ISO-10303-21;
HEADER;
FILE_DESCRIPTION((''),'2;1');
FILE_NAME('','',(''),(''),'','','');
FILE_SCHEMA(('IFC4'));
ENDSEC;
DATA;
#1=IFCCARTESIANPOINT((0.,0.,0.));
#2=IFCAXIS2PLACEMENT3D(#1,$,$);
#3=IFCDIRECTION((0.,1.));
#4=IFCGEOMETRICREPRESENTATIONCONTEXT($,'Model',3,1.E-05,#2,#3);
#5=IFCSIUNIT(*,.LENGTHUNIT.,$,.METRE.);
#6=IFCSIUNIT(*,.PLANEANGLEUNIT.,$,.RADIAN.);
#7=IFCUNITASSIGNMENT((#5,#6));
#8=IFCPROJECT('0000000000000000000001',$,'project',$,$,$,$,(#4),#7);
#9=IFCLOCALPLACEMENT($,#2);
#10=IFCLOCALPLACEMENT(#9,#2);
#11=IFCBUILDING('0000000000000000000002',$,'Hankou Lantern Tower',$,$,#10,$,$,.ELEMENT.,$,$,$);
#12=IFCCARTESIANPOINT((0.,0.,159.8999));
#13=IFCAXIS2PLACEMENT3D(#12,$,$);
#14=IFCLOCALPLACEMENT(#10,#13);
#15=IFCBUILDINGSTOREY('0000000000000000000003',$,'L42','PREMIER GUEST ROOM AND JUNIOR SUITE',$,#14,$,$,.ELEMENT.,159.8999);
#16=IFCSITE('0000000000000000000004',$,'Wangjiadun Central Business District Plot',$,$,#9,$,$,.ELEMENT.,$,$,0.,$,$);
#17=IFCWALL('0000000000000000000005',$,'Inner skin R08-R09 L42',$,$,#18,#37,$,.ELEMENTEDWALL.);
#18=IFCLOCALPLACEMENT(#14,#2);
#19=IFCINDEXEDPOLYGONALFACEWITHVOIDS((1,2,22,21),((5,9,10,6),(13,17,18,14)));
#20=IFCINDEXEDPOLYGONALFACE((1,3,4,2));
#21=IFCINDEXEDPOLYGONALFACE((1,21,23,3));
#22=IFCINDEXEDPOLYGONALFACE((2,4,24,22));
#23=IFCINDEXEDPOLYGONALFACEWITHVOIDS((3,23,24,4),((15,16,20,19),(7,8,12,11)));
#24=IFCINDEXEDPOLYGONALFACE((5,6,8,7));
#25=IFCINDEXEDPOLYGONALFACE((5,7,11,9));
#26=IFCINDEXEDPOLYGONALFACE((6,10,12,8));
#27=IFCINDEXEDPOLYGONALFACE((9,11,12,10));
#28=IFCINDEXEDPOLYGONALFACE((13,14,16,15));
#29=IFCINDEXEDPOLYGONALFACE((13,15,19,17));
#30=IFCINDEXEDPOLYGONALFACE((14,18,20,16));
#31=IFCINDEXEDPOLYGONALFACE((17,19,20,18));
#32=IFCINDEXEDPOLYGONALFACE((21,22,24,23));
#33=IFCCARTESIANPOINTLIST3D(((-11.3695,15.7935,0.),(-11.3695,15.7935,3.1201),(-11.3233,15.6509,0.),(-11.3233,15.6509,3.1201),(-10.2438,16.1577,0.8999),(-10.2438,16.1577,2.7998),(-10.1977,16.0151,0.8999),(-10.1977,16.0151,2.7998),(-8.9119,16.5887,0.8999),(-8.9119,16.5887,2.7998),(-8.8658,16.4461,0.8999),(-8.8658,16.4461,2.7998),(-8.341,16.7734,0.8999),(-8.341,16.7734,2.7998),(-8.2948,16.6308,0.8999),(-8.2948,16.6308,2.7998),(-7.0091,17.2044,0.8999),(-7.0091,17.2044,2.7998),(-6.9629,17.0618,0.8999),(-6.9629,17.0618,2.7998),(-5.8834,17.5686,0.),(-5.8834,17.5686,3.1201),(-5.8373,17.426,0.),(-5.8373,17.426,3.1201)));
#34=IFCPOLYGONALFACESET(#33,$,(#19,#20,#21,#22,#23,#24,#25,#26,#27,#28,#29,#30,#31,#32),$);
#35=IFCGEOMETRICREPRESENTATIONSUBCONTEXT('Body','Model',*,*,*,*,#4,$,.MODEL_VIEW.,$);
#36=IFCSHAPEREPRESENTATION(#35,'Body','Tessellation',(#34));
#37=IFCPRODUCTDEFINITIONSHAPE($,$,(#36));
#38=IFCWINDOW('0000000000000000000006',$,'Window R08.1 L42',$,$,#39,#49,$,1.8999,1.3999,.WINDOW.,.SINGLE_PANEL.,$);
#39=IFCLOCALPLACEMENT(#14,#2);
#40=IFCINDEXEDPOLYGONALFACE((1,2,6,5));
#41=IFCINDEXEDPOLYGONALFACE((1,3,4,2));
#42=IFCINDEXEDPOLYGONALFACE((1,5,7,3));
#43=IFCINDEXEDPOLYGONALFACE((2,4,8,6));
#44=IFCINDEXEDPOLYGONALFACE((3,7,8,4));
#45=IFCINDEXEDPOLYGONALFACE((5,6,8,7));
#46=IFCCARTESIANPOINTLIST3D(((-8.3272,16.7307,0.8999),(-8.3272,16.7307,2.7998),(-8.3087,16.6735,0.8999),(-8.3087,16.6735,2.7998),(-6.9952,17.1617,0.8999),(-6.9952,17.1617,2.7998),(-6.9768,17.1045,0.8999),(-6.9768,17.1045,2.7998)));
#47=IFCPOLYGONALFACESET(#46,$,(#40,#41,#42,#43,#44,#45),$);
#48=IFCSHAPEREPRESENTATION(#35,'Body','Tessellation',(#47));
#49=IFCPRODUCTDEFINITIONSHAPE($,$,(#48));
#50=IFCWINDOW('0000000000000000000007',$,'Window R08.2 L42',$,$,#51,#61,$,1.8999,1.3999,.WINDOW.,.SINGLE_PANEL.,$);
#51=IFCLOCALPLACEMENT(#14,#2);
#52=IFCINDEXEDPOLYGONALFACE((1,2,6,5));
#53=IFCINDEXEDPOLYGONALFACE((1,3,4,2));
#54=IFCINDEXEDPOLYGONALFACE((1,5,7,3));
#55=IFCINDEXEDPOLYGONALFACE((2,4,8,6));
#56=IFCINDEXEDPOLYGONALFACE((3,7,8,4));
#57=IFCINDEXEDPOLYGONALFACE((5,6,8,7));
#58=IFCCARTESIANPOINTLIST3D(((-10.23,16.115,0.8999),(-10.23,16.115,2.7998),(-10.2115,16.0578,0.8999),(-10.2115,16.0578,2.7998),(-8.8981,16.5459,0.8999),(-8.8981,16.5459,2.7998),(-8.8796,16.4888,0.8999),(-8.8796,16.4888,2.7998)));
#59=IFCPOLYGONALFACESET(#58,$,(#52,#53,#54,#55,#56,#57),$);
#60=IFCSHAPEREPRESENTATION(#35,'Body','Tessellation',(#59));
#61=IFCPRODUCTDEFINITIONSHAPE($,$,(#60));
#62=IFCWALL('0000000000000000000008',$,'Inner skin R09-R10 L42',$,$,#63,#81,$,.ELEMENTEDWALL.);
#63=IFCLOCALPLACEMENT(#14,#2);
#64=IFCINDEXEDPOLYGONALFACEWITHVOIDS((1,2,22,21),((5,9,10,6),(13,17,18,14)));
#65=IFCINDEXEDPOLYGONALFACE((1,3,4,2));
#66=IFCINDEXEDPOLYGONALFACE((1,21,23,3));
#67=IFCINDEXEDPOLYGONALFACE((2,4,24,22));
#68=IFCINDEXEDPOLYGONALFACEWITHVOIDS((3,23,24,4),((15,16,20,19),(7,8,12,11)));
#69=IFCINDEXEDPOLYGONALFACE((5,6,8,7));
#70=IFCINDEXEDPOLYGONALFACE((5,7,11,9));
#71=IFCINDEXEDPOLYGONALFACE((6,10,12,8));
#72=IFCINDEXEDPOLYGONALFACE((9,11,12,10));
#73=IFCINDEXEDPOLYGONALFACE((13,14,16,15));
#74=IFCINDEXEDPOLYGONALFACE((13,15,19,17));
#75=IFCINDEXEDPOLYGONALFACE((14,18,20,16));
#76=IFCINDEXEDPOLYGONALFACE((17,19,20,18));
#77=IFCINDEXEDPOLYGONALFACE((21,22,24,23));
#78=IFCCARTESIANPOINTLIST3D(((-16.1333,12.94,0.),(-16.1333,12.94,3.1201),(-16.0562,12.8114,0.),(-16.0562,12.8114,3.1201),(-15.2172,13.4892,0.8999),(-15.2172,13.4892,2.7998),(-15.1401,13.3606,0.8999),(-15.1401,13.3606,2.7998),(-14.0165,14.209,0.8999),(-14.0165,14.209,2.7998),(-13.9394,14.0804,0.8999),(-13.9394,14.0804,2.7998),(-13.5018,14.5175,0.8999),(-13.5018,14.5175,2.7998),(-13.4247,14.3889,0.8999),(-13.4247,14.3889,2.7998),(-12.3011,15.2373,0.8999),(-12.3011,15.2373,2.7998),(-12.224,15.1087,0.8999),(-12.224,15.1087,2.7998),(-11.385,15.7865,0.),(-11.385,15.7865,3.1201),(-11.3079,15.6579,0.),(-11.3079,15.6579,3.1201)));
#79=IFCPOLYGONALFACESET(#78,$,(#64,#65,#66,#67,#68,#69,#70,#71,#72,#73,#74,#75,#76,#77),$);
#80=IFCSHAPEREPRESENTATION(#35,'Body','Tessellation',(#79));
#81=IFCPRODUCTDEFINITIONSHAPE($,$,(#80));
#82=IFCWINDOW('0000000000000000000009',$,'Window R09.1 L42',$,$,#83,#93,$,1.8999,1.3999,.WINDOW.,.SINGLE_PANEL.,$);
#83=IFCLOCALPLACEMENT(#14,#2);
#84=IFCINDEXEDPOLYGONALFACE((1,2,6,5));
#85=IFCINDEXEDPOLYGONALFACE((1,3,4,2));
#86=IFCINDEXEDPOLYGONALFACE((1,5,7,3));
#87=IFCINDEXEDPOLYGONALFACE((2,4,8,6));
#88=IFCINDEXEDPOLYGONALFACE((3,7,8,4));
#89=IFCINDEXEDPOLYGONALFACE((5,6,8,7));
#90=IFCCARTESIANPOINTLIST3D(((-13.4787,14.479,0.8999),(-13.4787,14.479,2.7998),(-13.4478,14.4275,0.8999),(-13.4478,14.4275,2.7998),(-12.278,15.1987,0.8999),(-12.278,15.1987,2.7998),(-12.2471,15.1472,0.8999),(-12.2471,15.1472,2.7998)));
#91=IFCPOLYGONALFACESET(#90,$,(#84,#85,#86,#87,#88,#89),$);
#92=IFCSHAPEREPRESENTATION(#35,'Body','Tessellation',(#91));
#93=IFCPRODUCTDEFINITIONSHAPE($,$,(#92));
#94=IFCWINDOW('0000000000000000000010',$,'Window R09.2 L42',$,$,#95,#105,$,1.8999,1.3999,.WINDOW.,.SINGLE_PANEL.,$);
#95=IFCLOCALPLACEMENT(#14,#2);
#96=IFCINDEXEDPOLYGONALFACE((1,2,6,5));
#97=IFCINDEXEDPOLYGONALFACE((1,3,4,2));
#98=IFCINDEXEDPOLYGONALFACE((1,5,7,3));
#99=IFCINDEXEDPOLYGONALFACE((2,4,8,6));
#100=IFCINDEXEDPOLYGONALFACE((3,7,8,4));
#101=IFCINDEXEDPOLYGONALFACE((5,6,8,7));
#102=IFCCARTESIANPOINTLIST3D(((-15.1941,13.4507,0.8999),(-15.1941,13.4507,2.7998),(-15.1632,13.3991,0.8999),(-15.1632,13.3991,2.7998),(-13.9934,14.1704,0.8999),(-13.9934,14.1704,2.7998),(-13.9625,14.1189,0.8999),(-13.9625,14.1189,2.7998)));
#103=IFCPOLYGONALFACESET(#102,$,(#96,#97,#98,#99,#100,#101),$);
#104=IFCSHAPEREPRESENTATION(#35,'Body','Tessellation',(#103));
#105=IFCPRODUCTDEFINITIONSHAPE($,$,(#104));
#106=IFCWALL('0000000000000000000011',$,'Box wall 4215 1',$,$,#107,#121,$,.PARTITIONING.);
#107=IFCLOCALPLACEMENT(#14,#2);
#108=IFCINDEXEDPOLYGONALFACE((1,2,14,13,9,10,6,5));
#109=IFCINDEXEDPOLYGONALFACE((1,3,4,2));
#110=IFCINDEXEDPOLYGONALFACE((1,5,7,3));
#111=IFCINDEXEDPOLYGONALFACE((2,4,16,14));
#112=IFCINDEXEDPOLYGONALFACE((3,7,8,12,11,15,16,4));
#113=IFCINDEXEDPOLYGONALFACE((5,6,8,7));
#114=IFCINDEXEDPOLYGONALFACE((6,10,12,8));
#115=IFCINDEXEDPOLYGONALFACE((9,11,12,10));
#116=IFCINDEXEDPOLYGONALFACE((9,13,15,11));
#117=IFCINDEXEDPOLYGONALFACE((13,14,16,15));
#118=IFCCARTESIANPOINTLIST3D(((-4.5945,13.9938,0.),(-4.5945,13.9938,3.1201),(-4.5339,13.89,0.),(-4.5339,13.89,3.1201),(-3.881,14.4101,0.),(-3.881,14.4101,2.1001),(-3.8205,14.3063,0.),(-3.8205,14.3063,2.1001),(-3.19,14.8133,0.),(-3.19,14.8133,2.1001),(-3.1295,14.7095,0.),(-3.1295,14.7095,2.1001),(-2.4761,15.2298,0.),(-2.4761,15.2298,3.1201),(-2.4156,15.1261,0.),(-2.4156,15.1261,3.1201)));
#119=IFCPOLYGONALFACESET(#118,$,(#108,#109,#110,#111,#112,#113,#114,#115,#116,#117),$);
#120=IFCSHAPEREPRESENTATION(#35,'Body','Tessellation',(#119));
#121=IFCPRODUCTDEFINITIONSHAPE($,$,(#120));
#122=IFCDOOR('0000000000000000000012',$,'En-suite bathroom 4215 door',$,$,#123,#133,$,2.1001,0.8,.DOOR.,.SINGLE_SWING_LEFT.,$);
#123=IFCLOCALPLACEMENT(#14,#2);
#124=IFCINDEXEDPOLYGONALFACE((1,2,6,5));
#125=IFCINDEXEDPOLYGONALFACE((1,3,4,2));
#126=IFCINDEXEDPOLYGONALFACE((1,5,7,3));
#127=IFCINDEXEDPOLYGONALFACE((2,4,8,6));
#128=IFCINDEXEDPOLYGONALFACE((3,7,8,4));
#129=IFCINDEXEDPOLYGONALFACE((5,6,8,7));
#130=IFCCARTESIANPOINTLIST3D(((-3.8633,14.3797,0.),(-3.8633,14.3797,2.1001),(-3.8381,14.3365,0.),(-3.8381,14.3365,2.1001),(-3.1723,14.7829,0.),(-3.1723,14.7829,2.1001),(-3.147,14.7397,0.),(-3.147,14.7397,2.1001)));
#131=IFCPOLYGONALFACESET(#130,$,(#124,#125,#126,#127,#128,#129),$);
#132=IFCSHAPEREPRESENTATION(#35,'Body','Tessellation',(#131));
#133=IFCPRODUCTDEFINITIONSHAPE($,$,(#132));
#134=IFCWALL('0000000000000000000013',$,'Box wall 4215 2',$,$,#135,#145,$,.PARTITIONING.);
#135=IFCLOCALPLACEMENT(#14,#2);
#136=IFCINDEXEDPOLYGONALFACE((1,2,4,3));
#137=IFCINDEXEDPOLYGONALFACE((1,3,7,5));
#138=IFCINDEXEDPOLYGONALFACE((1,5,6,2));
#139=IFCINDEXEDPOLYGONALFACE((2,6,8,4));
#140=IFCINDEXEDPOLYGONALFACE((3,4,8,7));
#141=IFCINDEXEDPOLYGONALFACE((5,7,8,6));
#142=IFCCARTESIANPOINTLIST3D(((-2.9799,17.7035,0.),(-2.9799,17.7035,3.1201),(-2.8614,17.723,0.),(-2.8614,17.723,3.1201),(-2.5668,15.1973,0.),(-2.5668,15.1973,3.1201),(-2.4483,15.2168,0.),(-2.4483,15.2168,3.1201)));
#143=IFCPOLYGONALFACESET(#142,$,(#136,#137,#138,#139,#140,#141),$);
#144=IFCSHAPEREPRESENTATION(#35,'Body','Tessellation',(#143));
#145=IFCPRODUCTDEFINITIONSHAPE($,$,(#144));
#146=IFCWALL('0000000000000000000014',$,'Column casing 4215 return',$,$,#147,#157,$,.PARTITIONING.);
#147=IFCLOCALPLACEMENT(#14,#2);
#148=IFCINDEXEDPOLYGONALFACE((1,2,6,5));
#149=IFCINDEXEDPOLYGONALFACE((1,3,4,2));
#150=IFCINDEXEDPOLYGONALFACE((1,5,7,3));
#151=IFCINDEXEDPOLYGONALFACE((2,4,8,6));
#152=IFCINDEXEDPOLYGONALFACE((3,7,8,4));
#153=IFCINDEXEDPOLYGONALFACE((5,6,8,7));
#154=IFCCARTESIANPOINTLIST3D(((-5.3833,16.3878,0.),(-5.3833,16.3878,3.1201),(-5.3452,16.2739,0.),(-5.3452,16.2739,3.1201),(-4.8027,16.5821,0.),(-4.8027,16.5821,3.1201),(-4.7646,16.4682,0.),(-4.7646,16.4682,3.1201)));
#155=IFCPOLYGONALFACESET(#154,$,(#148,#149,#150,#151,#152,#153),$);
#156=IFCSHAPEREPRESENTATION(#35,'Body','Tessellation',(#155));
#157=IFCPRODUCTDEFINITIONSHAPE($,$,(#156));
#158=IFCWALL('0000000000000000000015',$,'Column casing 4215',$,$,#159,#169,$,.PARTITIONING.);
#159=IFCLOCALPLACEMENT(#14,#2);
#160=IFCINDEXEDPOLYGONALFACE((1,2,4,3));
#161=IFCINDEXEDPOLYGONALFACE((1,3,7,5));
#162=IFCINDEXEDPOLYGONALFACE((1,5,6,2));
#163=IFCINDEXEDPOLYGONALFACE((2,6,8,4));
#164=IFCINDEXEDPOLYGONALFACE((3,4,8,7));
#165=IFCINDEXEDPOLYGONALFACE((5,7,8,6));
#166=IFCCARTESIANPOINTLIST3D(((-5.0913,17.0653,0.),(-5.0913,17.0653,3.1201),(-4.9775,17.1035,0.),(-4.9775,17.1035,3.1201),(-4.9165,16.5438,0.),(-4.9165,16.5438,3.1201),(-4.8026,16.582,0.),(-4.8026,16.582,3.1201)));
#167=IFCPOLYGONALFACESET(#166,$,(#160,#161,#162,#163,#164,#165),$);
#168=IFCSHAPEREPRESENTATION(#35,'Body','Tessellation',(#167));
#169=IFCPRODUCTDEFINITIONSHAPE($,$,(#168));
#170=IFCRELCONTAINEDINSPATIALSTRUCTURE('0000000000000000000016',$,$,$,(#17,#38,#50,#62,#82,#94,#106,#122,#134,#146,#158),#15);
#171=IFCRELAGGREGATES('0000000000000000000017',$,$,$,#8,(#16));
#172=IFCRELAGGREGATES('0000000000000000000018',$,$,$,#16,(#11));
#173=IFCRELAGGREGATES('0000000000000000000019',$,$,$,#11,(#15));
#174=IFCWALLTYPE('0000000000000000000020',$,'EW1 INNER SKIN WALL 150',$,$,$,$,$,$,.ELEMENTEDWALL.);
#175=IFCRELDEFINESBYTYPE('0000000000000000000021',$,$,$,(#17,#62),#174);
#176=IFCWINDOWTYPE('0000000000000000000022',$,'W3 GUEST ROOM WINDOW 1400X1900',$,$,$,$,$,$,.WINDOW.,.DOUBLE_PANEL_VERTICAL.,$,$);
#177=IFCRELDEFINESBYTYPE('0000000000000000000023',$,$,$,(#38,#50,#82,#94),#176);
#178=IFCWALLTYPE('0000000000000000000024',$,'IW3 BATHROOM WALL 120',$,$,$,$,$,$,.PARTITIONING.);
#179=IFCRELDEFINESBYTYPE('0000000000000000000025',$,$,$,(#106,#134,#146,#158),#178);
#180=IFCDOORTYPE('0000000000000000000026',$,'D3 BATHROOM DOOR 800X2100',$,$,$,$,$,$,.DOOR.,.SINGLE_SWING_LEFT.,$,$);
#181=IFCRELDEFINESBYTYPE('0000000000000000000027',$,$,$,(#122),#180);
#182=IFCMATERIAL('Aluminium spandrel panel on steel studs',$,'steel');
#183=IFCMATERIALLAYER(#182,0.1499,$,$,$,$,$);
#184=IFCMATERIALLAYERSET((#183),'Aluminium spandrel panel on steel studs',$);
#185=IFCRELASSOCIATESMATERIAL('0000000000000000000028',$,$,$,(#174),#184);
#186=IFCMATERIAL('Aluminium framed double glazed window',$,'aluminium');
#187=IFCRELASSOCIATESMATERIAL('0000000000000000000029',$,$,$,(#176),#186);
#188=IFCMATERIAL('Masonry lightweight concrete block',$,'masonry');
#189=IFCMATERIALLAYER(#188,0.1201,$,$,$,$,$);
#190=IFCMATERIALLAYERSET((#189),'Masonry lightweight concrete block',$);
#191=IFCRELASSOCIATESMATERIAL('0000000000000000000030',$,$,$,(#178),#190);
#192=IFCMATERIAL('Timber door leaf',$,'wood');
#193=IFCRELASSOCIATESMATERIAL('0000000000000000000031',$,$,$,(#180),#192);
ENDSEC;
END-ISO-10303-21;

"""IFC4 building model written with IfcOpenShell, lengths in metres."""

from ifc_helpers import new_model, si_unit, direction, frame, frame_2d, origin, place, context, subcontext, project, spatial, rectangle, extrude, material, layer, layer_set, type_object, element, fill, save


model = new_model("IFC4")

# Units and contexts
model_context = context("Model", 3, precision=1e-05, world=origin(), true_north=direction((0.0, 1.0)))
body_context = subcontext(model_context, "Body", "Model", "MODEL_VIEW")
ifc_project = project(units=[si_unit("LENGTHUNIT", "METRE"), si_unit("PLANEANGLEUNIT", "RADIAN")], contexts=[model_context])

# Site, building, storey
site_placement = place(None, origin())
site = spatial("IfcSite", under=ifc_project, at=site_placement, Name="Wangjiadun Central Business District Plot", CompositionType="ELEMENT", RefElevation=0.0)
building_placement = place(site_placement, origin())
building = spatial("IfcBuilding", under=site, at=building_placement, Name="Hankou Lantern Tower", CompositionType="ELEMENT")
storey_placement = place(building_placement, frame((0.0, 0.0, 159.8999)))
storey = spatial("IfcBuildingStorey", under=building, at=storey_placement, Name="L42", Description="PREMIER GUEST ROOM AND JUNIOR SUITE", CompositionType="ELEMENT", Elevation=159.8999)

# Walls, openings, windows
ifc_material_1 = material(Name="Aluminium spandrel panel on steel studs", Category="steel")
ifc_layer_1 = layer(ifc_material_1, 0.1499)
ifc_layer_set_1 = layer_set([ifc_layer_1], Name="Aluminium spandrel panel on steel studs")
wall_type_1 = type_object("IfcWallType", Name="EW1 INNER SKIN WALL 150", PredefinedType="ELEMENTEDWALL", material=ifc_layer_set_1)
wall_1_placement = place(storey_placement, frame((-5.8604, 17.4973, 0.0), z_axis=(0.0, 0.0, 1.0), x_axis=(-0.951432, -0.307857, 0.0)))
wall_1 = element("IfcWall", 1, at=wall_1_placement, inside=storey, type_object=wall_type_1, Name="Inner skin R08-R09 L42", PredefinedType="ELEMENTEDWALL", context=body_context, shape_type="SweptSolid", body=[
    extrude(rectangle(XDim=5.7661, YDim=0.1499, at=frame_2d((2.8831, 0.0))), origin(), (0.0, 0.0, 1.0), 3.1201),
])
opening_1_placement = place(wall_1_placement, frame((1.1831, 0.0, 0.8999)))
opening_1 = element("IfcOpeningElement", 2, at=opening_1_placement, cuts=wall_1, PredefinedType="OPENING", context=body_context, shape_type="SweptSolid", body=[
    extrude(rectangle(XDim=1.3999, YDim=1.8999, at=frame_2d((0.7, 0.95))), frame((0.0, 0.085, 0.0), z_axis=(0.0, -1.0, 0.0), x_axis=(1.0, 0.0, 0.0)), (0.0, 0.0, 1.0), 0.1699),
])
opening_2_placement = place(wall_1_placement, frame((3.1831, 0.0, 0.8999)))
opening_2 = element("IfcOpeningElement", 3, at=opening_2_placement, cuts=wall_1, PredefinedType="OPENING", context=body_context, shape_type="SweptSolid", body=[
    extrude(rectangle(XDim=1.3999, YDim=1.8999, at=frame_2d((0.7, 0.95))), frame((0.0, 0.085, 0.0), z_axis=(0.0, -1.0, 0.0), x_axis=(1.0, 0.0, 0.0)), (0.0, 0.0, 1.0), 0.1699),
])
ifc_material_2 = material(Name="Aluminium framed double glazed window", Category="aluminium")
window_type = type_object("IfcWindowType", Name="W3 GUEST ROOM WINDOW 1400X1900", PartitioningType="DOUBLE_PANEL_VERTICAL", PredefinedType="WINDOW", material=ifc_material_2)
window_1_placement = place(opening_1_placement, origin())
window_1 = element("IfcWindow", 4, at=window_1_placement, inside=storey, type_object=window_type, Name="Window R08.1 L42", OverallHeight=1.8999, OverallWidth=1.3999, PartitioningType="SINGLE_PANEL", PredefinedType="WINDOW", context=body_context, shape_type="SweptSolid", body=[
    extrude(rectangle(XDim=1.3999, YDim=1.8999, at=frame_2d((0.7, 0.95))), frame((0.0, 0.03, 0.0), z_axis=(0.0, -1.0, 0.0), x_axis=(1.0, 0.0, 0.0)), (0.0, 0.0, 1.0), 0.0601),
])
fill(opening_1, window_1)
window_2_placement = place(opening_2_placement, origin())
window_2 = element("IfcWindow", 5, at=window_2_placement, inside=storey, type_object=window_type, Name="Window R08.2 L42", OverallHeight=1.8999, OverallWidth=1.3999, PartitioningType="SINGLE_PANEL", PredefinedType="WINDOW", context=body_context, shape_type="SweptSolid", body=[
    extrude(rectangle(XDim=1.3999, YDim=1.8999, at=frame_2d((0.7, 0.95))), frame((0.0, 0.03, 0.0), z_axis=(0.0, -1.0, 0.0), x_axis=(1.0, 0.0, 0.0)), (0.0, 0.0, 1.0), 0.0601),
])
fill(opening_2, window_2)
wall_2_placement = place(storey_placement, frame((-11.3464, 15.7222, 0.0), z_axis=(0.0, 0.0, 1.0), x_axis=(-0.857695, -0.514158, 0.0)))
wall_2 = element("IfcWall", 6, at=wall_2_placement, inside=storey, type_object=wall_type_1, Name="Inner skin R09-R10 L42", PredefinedType="ELEMENTEDWALL", context=body_context, shape_type="SweptSolid", body=[
    extrude(rectangle(XDim=5.5361, YDim=0.1499, at=frame_2d((2.7681, 0.0))), origin(), (0.0, 0.0, 1.0), 3.1201),
])
opening_3_placement = place(wall_2_placement, frame((1.0681, 0.0, 0.8999)))
opening_3 = element("IfcOpeningElement", 7, at=opening_3_placement, cuts=wall_2, PredefinedType="OPENING", context=body_context, shape_type="SweptSolid", body=[
    extrude(rectangle(XDim=1.3999, YDim=1.8999, at=frame_2d((0.7, 0.95))), frame((0.0, 0.085, 0.0), z_axis=(0.0, -1.0, 0.0), x_axis=(1.0, 0.0, 0.0)), (0.0, 0.0, 1.0), 0.1699),
])
opening_4_placement = place(wall_2_placement, frame((3.0681, 0.0, 0.8999)))
opening_4 = element("IfcOpeningElement", 8, at=opening_4_placement, cuts=wall_2, PredefinedType="OPENING", context=body_context, shape_type="SweptSolid", body=[
    extrude(rectangle(XDim=1.3999, YDim=1.8999, at=frame_2d((0.7, 0.95))), frame((0.0, 0.085, 0.0), z_axis=(0.0, -1.0, 0.0), x_axis=(1.0, 0.0, 0.0)), (0.0, 0.0, 1.0), 0.1699),
])
window_3_placement = place(opening_3_placement, origin())
window_3 = element("IfcWindow", 9, at=window_3_placement, inside=storey, type_object=window_type, Name="Window R09.1 L42", OverallHeight=1.8999, OverallWidth=1.3999, PartitioningType="SINGLE_PANEL", PredefinedType="WINDOW", context=body_context, shape_type="SweptSolid", body=[
    extrude(rectangle(XDim=1.3999, YDim=1.8999, at=frame_2d((0.7, 0.95))), frame((0.0, 0.03, 0.0), z_axis=(0.0, -1.0, 0.0), x_axis=(1.0, 0.0, 0.0)), (0.0, 0.0, 1.0), 0.0601),
])
fill(opening_3, window_3)
window_4_placement = place(opening_4_placement, origin())
window_4 = element("IfcWindow", 10, at=window_4_placement, inside=storey, type_object=window_type, Name="Window R09.2 L42", OverallHeight=1.8999, OverallWidth=1.3999, PartitioningType="SINGLE_PANEL", PredefinedType="WINDOW", context=body_context, shape_type="SweptSolid", body=[
    extrude(rectangle(XDim=1.3999, YDim=1.8999, at=frame_2d((0.7, 0.95))), frame((0.0, 0.03, 0.0), z_axis=(0.0, -1.0, 0.0), x_axis=(1.0, 0.0, 0.0)), (0.0, 0.0, 1.0), 0.0601),
])
fill(opening_4, window_4)

# Wall, opening, door
ifc_material_3 = material(Name="Masonry lightweight concrete block", Category="masonry")
ifc_layer_2 = layer(ifc_material_3, 0.1201)
ifc_layer_set_2 = layer_set([ifc_layer_2], Name="Masonry lightweight concrete block")
wall_type_2 = type_object("IfcWallType", Name="IW3 BATHROOM WALL 120", PredefinedType="PARTITIONING", material=ifc_layer_set_2)
wall_3_placement = place(storey_placement, frame((-4.5642, 13.9419, 0.0), z_axis=(0.0, 0.0, 1.0), x_axis=(0.863718, 0.503976, 0.0)))
wall_3 = element("IfcWall", 11, at=wall_3_placement, inside=storey, type_object=wall_type_2, Name="Box wall 4215 1", PredefinedType="PARTITIONING", context=body_context, shape_type="SweptSolid", body=[
    extrude(rectangle(XDim=2.4526, YDim=0.1201, at=frame_2d((1.2263, 0.0))), origin(), (0.0, 0.0, 1.0), 3.1201),
])
opening_5_placement = place(wall_3_placement, frame((0.8262, 0.0, 0.0)))
opening_5 = element("IfcOpeningElement", 12, at=opening_5_placement, cuts=wall_3, PredefinedType="OPENING", context=body_context, shape_type="SweptSolid", body=[
    extrude(rectangle(XDim=0.8, YDim=2.1001, at=frame_2d((0.3999, 1.05))), frame((0.0, 0.0701, 0.0), z_axis=(0.0, -1.0, 0.0), x_axis=(1.0, 0.0, 0.0)), (0.0, 0.0, 1.0), 0.1401),
])
ifc_material_4 = material(Name="Timber door leaf", Category="wood")
door_type = type_object("IfcDoorType", Name="D3 BATHROOM DOOR 800X2100", OperationType="SINGLE_SWING_LEFT", PredefinedType="DOOR", material=ifc_material_4)
door_placement = place(opening_5_placement, origin())
door = element("IfcDoor", 13, at=door_placement, inside=storey, type_object=door_type, Name="En-suite bathroom 4215 door", OperationType="SINGLE_SWING_LEFT", OverallHeight=2.1001, OverallWidth=0.8, PredefinedType="DOOR", context=body_context, shape_type="SweptSolid", body=[
    extrude(rectangle(XDim=0.8, YDim=2.1001, at=frame_2d((0.3999, 1.05))), frame((0.0, 0.0249, 0.0), z_axis=(0.0, -1.0, 0.0), x_axis=(1.0, 0.0, 0.0)), (0.0, 0.0, 1.0), 0.05),
])
fill(opening_5, door)

# Walls
wall_4_placement = place(storey_placement, frame((-2.5076, 15.207, 0.0), z_axis=(0.0, 0.0, 1.0), x_axis=(-0.162637, 0.986686, 0.0)))
element("IfcWall", 14, at=wall_4_placement, inside=storey, type_object=wall_type_2, Name="Box wall 4215 2", PredefinedType="PARTITIONING", context=body_context, shape_type="SweptSolid", body=[
    extrude(rectangle(XDim=2.54, YDim=0.1201, at=frame_2d((1.27, 0.0))), origin(), (0.0, 0.0, 1.0), 3.1201),
])
wall_5_placement = place(storey_placement, frame((-5.3643, 16.3308, 0.0), z_axis=(0.0, 0.0, 1.0), x_axis=(0.948284, 0.317424, 0.0)))
element("IfcWall", 15, at=wall_5_placement, inside=storey, type_object=wall_type_2, Name="Column casing 4215 return", PredefinedType="PARTITIONING", context=body_context, shape_type="SweptSolid", body=[
    extrude(rectangle(XDim=0.6123, YDim=0.1201, at=frame_2d((0.3062, 0.0))), origin(), (0.0, 0.0, 1.0), 3.1201),
])
wall_6_placement = place(storey_placement, frame((-4.8596, 16.563, 0.0), z_axis=(0.0, 0.0, 1.0), x_axis=(-0.317825, 0.948149, 0.0)))
element("IfcWall", 16, at=wall_6_placement, inside=storey, type_object=wall_type_2, Name="Column casing 4215", PredefinedType="PARTITIONING", context=body_context, shape_type="SweptSolid", body=[
    extrude(rectangle(XDim=0.55, YDim=0.1201, at=frame_2d((0.2749, 0.0))), origin(), (0.0, 0.0, 1.0), 3.1201),
])

save(model, "model.ifc")
